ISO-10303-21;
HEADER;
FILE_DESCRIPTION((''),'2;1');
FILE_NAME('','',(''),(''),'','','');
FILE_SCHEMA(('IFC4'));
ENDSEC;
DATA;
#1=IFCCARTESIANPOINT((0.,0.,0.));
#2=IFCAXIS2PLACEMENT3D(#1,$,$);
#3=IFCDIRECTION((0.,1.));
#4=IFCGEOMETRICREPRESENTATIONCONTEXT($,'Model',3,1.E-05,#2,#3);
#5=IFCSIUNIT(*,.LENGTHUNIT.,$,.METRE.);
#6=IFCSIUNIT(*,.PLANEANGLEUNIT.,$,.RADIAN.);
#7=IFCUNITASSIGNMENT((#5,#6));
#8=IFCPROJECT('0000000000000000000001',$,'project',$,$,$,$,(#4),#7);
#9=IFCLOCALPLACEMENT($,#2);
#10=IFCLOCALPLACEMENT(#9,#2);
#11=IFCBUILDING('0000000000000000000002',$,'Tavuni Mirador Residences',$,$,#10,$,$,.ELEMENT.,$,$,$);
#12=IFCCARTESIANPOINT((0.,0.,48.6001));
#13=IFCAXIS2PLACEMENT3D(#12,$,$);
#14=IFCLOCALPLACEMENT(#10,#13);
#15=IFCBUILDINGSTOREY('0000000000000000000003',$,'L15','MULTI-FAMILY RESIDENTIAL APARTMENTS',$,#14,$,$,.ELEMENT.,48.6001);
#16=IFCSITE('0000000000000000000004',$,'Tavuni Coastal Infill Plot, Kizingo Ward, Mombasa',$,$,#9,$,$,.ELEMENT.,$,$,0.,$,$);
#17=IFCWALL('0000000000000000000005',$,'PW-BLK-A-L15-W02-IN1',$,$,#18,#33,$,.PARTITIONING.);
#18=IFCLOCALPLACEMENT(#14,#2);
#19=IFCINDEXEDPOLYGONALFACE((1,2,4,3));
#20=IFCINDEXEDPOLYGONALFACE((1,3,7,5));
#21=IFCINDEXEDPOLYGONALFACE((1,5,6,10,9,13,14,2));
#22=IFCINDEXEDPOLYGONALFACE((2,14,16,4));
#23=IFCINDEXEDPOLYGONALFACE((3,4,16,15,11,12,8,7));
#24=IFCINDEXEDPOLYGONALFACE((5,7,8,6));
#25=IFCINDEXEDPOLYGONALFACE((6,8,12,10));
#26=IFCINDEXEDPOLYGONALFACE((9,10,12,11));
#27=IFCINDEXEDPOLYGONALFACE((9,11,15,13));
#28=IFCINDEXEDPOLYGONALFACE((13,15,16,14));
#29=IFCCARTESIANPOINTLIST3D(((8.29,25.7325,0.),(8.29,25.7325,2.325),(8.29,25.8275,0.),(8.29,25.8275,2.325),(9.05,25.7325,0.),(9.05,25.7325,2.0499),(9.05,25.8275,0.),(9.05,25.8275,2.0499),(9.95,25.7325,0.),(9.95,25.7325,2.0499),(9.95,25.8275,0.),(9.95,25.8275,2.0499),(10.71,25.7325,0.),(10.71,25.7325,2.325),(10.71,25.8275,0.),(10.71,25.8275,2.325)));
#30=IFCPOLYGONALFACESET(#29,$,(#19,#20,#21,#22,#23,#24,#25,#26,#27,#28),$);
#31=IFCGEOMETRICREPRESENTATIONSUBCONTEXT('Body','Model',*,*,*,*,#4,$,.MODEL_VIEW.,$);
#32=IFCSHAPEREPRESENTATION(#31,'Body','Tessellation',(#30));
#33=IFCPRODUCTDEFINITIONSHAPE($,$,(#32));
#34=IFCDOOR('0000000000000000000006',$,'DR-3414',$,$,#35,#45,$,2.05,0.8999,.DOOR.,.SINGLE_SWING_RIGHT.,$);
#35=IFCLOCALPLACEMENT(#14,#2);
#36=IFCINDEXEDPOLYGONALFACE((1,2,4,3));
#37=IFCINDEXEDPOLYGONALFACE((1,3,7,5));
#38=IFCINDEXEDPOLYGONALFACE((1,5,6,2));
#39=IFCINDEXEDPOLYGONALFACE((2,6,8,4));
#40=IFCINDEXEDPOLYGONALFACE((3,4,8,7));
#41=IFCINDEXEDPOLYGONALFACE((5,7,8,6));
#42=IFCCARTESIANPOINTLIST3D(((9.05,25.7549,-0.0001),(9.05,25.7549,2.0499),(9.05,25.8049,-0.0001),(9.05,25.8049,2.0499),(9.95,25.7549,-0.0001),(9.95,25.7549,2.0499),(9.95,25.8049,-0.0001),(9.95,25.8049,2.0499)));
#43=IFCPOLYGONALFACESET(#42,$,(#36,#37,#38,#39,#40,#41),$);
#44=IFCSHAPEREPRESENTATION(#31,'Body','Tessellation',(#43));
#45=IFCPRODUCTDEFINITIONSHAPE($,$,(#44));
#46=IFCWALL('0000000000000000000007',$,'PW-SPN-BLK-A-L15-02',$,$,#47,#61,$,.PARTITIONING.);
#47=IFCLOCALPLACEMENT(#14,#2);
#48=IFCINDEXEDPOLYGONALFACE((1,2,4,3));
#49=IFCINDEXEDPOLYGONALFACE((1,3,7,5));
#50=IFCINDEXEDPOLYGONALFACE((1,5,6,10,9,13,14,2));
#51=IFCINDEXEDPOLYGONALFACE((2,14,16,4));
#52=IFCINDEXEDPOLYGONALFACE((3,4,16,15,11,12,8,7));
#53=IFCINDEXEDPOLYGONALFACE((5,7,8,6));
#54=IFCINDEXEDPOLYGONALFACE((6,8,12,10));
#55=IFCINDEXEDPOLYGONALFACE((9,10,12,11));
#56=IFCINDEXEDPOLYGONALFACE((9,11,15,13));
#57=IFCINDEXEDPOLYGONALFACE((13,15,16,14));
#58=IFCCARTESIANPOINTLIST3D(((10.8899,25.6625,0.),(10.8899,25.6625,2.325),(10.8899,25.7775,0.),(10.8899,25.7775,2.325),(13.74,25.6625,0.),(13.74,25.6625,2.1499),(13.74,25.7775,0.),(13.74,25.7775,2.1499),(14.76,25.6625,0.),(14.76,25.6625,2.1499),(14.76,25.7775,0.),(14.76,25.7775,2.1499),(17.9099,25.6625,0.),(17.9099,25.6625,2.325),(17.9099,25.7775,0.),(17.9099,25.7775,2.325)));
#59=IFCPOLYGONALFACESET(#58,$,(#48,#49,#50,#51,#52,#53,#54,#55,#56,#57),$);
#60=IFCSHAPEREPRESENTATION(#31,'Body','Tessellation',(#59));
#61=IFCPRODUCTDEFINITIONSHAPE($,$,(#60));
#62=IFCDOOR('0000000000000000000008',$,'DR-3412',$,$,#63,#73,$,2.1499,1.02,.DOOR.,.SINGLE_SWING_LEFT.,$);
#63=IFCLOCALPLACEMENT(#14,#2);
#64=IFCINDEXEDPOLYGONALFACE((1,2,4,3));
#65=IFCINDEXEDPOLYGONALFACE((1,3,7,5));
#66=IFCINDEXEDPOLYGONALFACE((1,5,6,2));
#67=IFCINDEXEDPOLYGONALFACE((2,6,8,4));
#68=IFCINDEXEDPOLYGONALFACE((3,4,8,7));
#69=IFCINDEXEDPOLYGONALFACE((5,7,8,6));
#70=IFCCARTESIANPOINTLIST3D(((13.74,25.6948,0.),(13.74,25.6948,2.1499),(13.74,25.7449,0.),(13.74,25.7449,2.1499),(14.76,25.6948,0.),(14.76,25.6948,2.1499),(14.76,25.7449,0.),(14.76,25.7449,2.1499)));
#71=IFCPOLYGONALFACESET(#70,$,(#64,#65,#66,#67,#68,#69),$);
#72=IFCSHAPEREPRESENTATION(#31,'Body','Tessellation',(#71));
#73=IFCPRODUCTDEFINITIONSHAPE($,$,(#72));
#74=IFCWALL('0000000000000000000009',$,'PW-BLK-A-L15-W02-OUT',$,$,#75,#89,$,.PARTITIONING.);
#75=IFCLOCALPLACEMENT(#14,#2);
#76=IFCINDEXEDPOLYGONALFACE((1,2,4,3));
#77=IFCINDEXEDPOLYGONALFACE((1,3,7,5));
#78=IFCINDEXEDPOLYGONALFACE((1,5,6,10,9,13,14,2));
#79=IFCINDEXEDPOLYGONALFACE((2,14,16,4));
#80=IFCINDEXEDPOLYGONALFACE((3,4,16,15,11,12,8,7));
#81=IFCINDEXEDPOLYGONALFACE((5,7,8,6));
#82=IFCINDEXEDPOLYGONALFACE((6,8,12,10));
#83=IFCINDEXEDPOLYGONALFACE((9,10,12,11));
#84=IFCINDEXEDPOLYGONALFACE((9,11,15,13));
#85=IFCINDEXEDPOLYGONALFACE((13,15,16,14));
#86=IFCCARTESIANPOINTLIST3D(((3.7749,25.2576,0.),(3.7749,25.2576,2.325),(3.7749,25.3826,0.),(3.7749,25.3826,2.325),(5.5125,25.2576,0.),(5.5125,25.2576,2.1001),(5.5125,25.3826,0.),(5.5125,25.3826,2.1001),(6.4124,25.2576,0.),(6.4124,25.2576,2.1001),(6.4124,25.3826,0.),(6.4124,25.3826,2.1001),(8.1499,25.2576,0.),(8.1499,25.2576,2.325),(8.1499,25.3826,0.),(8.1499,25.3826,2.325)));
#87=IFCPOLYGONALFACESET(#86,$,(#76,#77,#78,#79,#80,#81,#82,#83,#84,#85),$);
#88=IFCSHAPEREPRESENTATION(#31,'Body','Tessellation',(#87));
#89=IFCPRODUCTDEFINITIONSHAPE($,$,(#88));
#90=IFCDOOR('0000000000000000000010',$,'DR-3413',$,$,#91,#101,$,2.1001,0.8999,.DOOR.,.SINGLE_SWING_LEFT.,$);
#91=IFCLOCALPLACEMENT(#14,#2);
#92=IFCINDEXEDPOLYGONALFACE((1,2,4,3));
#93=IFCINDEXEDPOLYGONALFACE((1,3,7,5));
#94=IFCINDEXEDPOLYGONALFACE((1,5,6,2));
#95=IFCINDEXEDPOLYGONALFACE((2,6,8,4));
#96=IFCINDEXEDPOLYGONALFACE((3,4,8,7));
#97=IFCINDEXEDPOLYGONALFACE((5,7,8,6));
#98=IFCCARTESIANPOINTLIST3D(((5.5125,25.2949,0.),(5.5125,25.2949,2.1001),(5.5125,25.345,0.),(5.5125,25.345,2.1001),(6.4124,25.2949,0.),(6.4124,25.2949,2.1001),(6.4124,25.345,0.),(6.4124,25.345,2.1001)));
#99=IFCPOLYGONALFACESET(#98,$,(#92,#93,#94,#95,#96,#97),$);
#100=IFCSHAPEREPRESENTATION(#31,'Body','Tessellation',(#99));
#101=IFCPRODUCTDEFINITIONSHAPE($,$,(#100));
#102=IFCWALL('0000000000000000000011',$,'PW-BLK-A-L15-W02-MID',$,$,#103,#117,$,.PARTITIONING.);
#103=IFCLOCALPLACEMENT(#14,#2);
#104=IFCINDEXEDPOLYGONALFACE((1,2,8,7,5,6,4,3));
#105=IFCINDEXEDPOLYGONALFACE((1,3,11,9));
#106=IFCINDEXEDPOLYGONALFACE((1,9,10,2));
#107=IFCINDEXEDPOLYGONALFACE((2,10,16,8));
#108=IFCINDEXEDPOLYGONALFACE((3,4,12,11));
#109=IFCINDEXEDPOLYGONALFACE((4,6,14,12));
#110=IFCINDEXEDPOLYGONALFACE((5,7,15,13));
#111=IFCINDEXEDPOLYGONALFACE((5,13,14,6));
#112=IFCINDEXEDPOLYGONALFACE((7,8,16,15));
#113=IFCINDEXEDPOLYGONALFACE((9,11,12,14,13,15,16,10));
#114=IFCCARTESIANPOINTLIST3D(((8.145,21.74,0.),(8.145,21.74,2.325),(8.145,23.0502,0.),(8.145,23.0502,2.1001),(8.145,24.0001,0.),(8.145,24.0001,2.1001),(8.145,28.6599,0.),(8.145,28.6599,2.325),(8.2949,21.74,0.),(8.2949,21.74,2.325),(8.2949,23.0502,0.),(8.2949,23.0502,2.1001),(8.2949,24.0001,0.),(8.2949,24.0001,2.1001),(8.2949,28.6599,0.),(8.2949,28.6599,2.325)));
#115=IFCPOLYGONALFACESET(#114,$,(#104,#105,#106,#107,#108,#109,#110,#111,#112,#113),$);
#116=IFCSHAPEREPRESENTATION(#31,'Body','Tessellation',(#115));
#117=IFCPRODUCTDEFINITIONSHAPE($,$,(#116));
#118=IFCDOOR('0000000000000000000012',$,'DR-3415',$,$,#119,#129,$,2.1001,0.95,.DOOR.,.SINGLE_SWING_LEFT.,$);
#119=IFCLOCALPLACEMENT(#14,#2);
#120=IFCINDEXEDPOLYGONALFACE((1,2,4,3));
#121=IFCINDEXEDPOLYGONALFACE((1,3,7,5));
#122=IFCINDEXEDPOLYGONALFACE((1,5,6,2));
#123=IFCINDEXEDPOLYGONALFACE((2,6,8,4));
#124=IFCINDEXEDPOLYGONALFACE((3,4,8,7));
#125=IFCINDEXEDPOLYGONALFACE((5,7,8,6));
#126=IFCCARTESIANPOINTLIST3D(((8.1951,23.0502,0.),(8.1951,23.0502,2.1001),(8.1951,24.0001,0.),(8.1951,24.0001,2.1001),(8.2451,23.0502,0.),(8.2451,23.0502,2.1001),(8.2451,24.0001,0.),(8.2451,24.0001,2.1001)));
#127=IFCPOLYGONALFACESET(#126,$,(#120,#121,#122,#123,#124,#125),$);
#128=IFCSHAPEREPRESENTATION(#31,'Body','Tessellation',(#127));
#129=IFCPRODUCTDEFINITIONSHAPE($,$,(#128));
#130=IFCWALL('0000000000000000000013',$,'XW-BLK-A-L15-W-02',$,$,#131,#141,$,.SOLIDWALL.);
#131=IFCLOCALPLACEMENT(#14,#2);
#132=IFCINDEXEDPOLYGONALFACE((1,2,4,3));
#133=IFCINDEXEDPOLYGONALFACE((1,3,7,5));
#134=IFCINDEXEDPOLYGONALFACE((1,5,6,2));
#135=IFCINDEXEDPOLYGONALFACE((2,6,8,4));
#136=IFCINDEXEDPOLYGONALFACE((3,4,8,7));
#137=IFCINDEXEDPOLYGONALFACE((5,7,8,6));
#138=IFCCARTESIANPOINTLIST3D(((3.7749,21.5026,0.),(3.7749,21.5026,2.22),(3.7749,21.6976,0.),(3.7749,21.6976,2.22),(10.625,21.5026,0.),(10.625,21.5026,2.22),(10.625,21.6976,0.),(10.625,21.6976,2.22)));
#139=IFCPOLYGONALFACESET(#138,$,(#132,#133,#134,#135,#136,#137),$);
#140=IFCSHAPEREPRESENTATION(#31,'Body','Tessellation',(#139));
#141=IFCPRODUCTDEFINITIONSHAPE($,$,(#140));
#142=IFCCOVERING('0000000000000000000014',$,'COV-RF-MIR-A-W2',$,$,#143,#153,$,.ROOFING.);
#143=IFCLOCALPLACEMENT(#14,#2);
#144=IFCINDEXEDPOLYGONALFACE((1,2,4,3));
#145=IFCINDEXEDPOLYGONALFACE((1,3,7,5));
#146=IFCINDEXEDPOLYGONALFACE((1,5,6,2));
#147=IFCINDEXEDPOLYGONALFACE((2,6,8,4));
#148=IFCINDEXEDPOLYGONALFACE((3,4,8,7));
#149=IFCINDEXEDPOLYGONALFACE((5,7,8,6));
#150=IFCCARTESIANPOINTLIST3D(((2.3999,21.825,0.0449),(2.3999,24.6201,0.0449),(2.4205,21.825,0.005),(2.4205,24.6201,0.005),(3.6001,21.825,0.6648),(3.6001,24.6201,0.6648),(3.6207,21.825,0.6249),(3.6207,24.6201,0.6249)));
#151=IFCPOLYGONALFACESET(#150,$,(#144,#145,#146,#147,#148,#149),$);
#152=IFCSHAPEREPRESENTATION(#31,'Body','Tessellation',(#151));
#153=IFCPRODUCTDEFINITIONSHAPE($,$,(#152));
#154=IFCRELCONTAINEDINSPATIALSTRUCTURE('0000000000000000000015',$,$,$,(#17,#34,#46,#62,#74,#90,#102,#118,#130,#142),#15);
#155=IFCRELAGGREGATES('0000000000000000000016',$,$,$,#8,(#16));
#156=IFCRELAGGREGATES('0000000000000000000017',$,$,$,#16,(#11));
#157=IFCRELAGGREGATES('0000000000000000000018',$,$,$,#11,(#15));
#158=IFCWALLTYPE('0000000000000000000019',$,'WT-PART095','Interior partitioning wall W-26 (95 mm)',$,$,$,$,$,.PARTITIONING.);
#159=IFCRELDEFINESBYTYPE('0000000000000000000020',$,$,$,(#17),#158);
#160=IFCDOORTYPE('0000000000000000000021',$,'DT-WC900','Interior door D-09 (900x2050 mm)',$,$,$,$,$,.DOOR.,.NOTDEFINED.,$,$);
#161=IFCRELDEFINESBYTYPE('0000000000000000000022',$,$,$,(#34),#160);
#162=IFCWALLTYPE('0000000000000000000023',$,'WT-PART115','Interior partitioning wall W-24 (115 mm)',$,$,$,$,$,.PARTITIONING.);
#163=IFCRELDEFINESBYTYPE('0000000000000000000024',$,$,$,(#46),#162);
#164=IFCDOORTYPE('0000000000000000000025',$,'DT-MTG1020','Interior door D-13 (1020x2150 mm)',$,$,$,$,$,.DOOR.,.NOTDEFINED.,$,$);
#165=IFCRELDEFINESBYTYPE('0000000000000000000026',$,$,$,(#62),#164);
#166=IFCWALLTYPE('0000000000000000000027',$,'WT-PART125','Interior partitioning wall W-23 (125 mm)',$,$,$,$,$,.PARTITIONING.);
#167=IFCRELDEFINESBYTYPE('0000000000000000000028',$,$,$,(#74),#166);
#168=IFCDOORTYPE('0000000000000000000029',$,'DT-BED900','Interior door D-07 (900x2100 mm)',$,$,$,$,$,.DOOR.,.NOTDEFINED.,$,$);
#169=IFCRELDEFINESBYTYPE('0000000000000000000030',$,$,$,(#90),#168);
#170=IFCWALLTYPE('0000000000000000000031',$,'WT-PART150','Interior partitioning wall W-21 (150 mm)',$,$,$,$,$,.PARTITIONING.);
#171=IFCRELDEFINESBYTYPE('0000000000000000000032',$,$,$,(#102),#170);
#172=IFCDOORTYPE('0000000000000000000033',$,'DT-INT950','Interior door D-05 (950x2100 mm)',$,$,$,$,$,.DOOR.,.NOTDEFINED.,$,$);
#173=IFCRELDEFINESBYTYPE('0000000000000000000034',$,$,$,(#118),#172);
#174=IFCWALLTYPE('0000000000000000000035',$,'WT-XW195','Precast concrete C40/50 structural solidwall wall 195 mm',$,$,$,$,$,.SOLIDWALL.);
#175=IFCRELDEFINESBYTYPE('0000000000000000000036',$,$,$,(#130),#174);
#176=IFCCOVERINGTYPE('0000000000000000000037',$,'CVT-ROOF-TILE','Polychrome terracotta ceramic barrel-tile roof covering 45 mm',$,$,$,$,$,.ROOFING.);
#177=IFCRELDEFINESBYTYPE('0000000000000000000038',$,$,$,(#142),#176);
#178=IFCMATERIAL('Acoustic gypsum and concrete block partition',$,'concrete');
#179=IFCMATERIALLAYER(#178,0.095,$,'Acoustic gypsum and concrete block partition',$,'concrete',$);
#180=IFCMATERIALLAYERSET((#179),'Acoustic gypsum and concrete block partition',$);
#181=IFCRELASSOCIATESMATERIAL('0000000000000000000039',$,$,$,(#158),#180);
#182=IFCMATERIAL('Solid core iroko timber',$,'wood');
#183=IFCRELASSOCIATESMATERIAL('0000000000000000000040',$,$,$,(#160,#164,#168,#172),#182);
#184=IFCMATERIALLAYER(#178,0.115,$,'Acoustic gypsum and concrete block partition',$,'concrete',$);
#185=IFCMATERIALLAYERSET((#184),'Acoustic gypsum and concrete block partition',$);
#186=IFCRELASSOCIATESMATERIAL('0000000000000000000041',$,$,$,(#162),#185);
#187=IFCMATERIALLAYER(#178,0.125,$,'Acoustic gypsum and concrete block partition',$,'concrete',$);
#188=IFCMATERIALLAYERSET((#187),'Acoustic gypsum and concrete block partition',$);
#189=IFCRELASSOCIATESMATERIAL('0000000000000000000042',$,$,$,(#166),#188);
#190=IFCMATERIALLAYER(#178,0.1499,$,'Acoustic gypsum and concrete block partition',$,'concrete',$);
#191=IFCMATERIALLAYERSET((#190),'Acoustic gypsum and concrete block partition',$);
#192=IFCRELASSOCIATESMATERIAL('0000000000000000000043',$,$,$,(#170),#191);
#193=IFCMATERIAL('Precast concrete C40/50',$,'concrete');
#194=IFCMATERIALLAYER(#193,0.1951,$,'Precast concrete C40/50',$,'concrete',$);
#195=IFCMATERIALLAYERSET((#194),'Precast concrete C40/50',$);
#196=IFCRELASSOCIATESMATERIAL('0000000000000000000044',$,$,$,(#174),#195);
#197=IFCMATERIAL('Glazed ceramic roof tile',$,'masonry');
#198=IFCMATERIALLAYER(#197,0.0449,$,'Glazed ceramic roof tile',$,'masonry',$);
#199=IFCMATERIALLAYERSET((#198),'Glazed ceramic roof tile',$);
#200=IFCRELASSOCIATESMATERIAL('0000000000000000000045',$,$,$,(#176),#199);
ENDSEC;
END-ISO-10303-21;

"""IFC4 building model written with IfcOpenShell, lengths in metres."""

from ifc_helpers import new_model, si_unit, direction, frame, frame_2d, origin, place, context, subcontext, project, spatial, polyline, rectangle, outline, extrude, material, layer, layer_set, type_object, element, fill, save


model = new_model("IFC4")

# Units and contexts
model_context = context("Model", 3, precision=1e-05, world=origin(), true_north=direction((0.0, 1.0)))
body_context = subcontext(model_context, "Body", "Model", "MODEL_VIEW")
ifc_project = project(units=[si_unit("LENGTHUNIT", "METRE"), si_unit("PLANEANGLEUNIT", "RADIAN")], contexts=[model_context])

# Site, building, storey
site_placement = place(None, origin())
site = spatial("IfcSite", under=ifc_project, at=site_placement, Name="Tavuni Coastal Infill Plot, Kizingo Ward, Mombasa", CompositionType="ELEMENT", RefElevation=0.0)
building_placement = place(site_placement, origin())
building = spatial("IfcBuilding", under=site, at=building_placement, Name="Tavuni Mirador Residences", CompositionType="ELEMENT")
storey_placement = place(building_placement, frame((0.0, 0.0, 48.6001)))
storey = spatial("IfcBuildingStorey", under=building, at=storey_placement, Name="L15", Description="MULTI-FAMILY RESIDENTIAL APARTMENTS", CompositionType="ELEMENT", Elevation=48.6001)

# Shared definitions
ifc_material_1 = material(Name="Precast concrete C40/50", Category="concrete")

# Shared definitions
ifc_material_2 = material(Name="Solid core iroko timber", Category="wood")

# Walls, openings, doors
ifc_material_3 = material(Name="Acoustic gypsum and concrete block partition", Category="concrete")
ifc_layer_1 = layer(ifc_material_3, 0.095, Name="Acoustic gypsum and concrete block partition", Category="concrete")
ifc_layer_set_1 = layer_set([ifc_layer_1], Name="Acoustic gypsum and concrete block partition")
wall_type_1 = type_object("IfcWallType", Name="WT-PART095", Description="Interior partitioning wall W-26 (95 mm)", PredefinedType="PARTITIONING", material=ifc_layer_set_1)
wall_1_placement = place(storey_placement, frame((8.29, 25.78, 0.0), z_axis=(0.0, 0.0, 1.0), x_axis=(1.0, 0.0, 0.0)))
wall_1 = element("IfcWall", 1, at=wall_1_placement, inside=storey, type_object=wall_type_1, Name="PW-BLK-A-L15-W02-IN1", PredefinedType="PARTITIONING", context=body_context, shape_type="SweptSolid", body=[
    extrude(rectangle(XDim=2.4199, YDim=0.095, at=frame_2d((1.21, 0.0))), origin(), (0.0, 0.0, 1.0), 2.325),
])
opening_1_placement = place(wall_1_placement, frame((0.76, 0.0, 0.0)))
opening_1 = element("IfcOpeningElement", 2, at=opening_1_placement, cuts=wall_1, PredefinedType="OPENING", context=body_context, shape_type="SweptSolid", body=[
    extrude(rectangle(XDim=0.8999, YDim=2.05, at=frame_2d((0.45, 1.0249))), frame((0.0, 0.0576, 0.0), z_axis=(0.0, -1.0, 0.0), x_axis=(1.0, 0.0, 0.0)), (0.0, 0.0, 1.0), 0.115),
])
door_type_1 = type_object("IfcDoorType", Name="DT-WC900", Description="Interior door D-09 (900x2050 mm)", OperationType="NOTDEFINED", PredefinedType="DOOR", material=ifc_material_2)
door_1_placement = place(opening_1_placement, origin())
door_1 = element("IfcDoor", 3, at=door_1_placement, inside=storey, type_object=door_type_1, Name="DR-3414", OperationType="SINGLE_SWING_RIGHT", OverallHeight=2.05, OverallWidth=0.8999, PredefinedType="DOOR", context=body_context, shape_type="SweptSolid", body=[
    extrude(rectangle(XDim=0.8999, YDim=2.05, at=frame_2d((0.45, 1.0249))), frame((0.0, 0.0249, 0.0), z_axis=(0.0, -1.0, 0.0), x_axis=(1.0, 0.0, 0.0)), (0.0, 0.0, 1.0), 0.05),
])
fill(opening_1, door_1)
ifc_layer_2 = layer(ifc_material_3, 0.115, Name="Acoustic gypsum and concrete block partition", Category="concrete")
ifc_layer_set_2 = layer_set([ifc_layer_2], Name="Acoustic gypsum and concrete block partition")
wall_type_2 = type_object("IfcWallType", Name="WT-PART115", Description="Interior partitioning wall W-24 (115 mm)", PredefinedType="PARTITIONING", material=ifc_layer_set_2)
wall_2_placement = place(storey_placement, frame((10.8899, 25.72, 0.0), z_axis=(0.0, 0.0, 1.0), x_axis=(1.0, 0.0, 0.0)))
wall_2 = element("IfcWall", 4, at=wall_2_placement, inside=storey, type_object=wall_type_2, Name="PW-SPN-BLK-A-L15-02", PredefinedType="PARTITIONING", context=body_context, shape_type="SweptSolid", body=[
    extrude(rectangle(XDim=7.02, YDim=0.115, at=frame_2d((3.51, 0.0))), origin(), (0.0, 0.0, 1.0), 2.325),
])
opening_2_placement = place(wall_2_placement, frame((2.8501, 0.0, 0.0)))
opening_2 = element("IfcOpeningElement", 5, at=opening_2_placement, cuts=wall_2, PredefinedType="OPENING", context=body_context, shape_type="SweptSolid", body=[
    extrude(rectangle(XDim=1.02, YDim=2.1499, at=frame_2d((0.51, 1.075))), frame((0.0, 0.0674, 0.0), z_axis=(0.0, -1.0, 0.0), x_axis=(1.0, 0.0, 0.0)), (0.0, 0.0, 1.0), 0.135),
])
door_type_2 = type_object("IfcDoorType", Name="DT-MTG1020", Description="Interior door D-13 (1020x2150 mm)", OperationType="NOTDEFINED", PredefinedType="DOOR", material=ifc_material_2)
door_2_placement = place(opening_2_placement, origin())
door_2 = element("IfcDoor", 6, at=door_2_placement, inside=storey, type_object=door_type_2, Name="DR-3412", OperationType="SINGLE_SWING_LEFT", OverallHeight=2.1499, OverallWidth=1.02, PredefinedType="DOOR", context=body_context, shape_type="SweptSolid", body=[
    extrude(rectangle(XDim=1.02, YDim=2.1499, at=frame_2d((0.51, 1.075))), frame((0.0, 0.0249, 0.0), z_axis=(0.0, -1.0, 0.0), x_axis=(1.0, 0.0, 0.0)), (0.0, 0.0, 1.0), 0.05),
])
fill(opening_2, door_2)
ifc_layer_3 = layer(ifc_material_3, 0.125, Name="Acoustic gypsum and concrete block partition", Category="concrete")
ifc_layer_set_3 = layer_set([ifc_layer_3], Name="Acoustic gypsum and concrete block partition")
wall_type_3 = type_object("IfcWallType", Name="WT-PART125", Description="Interior partitioning wall W-23 (125 mm)", PredefinedType="PARTITIONING", material=ifc_layer_set_3)
wall_3_placement = place(storey_placement, frame((3.7749, 25.3201, 0.0), z_axis=(0.0, 0.0, 1.0), x_axis=(1.0, 0.0, 0.0)))
wall_3 = element("IfcWall", 7, at=wall_3_placement, inside=storey, type_object=wall_type_3, Name="PW-BLK-A-L15-W02-OUT", PredefinedType="PARTITIONING", context=body_context, shape_type="SweptSolid", body=[
    extrude(rectangle(XDim=4.375, YDim=0.125, at=frame_2d((2.1875, 0.0))), origin(), (0.0, 0.0, 1.0), 2.325),
])
opening_3_placement = place(wall_3_placement, frame((1.7375, 0.0, 0.0)))
opening_3 = element("IfcOpeningElement", 8, at=opening_3_placement, cuts=wall_3, PredefinedType="OPENING", context=body_context, shape_type="SweptSolid", body=[
    extrude(rectangle(XDim=0.8999, YDim=2.1001, at=frame_2d((0.45, 1.05))), frame((0.0, 0.0725, 0.0), z_axis=(0.0, -1.0, 0.0), x_axis=(1.0, 0.0, 0.0)), (0.0, 0.0, 1.0), 0.145),
])
door_type_3 = type_object("IfcDoorType", Name="DT-BED900", Description="Interior door D-07 (900x2100 mm)", OperationType="NOTDEFINED", PredefinedType="DOOR", material=ifc_material_2)
door_3_placement = place(opening_3_placement, origin())
door_3 = element("IfcDoor", 9, at=door_3_placement, inside=storey, type_object=door_type_3, Name="DR-3413", OperationType="SINGLE_SWING_LEFT", OverallHeight=2.1001, OverallWidth=0.8999, PredefinedType="DOOR", context=body_context, shape_type="SweptSolid", body=[
    extrude(rectangle(XDim=0.8999, YDim=2.1001, at=frame_2d((0.45, 1.05))), frame((0.0, 0.0249, 0.0), z_axis=(0.0, -1.0, 0.0), x_axis=(1.0, 0.0, 0.0)), (0.0, 0.0, 1.0), 0.05),
])
fill(opening_3, door_3)
ifc_layer_4 = layer(ifc_material_3, 0.1499, Name="Acoustic gypsum and concrete block partition", Category="concrete")
ifc_layer_set_4 = layer_set([ifc_layer_4], Name="Acoustic gypsum and concrete block partition")
wall_type_4 = type_object("IfcWallType", Name="WT-PART150", Description="Interior partitioning wall W-21 (150 mm)", PredefinedType="PARTITIONING", material=ifc_layer_set_4)
wall_4_placement = place(storey_placement, frame((8.22, 21.74, 0.0), z_axis=(0.0, 0.0, 1.0), x_axis=(0.0, 1.0, 0.0)))
wall_4 = element("IfcWall", 10, at=wall_4_placement, inside=storey, type_object=wall_type_4, Name="PW-BLK-A-L15-W02-MID", PredefinedType="PARTITIONING", context=body_context, shape_type="SweptSolid", body=[
    extrude(rectangle(XDim=6.9199, YDim=0.1499, at=frame_2d((3.46, 0.0))), origin(), (0.0, 0.0, 1.0), 2.325),
])
opening_4_placement = place(wall_4_placement, frame((1.3101, 0.0, 0.0)))
opening_4 = element("IfcOpeningElement", 11, at=opening_4_placement, cuts=wall_4, PredefinedType="OPENING", context=body_context, shape_type="SweptSolid", body=[
    extrude(rectangle(XDim=0.95, YDim=2.1001, at=frame_2d((0.4751, 1.05))), frame((0.0, 0.085, 0.0), z_axis=(0.0, -1.0, 0.0), x_axis=(1.0, 0.0, 0.0)), (0.0, 0.0, 1.0), 0.1699),
])
door_type_4 = type_object("IfcDoorType", Name="DT-INT950", Description="Interior door D-05 (950x2100 mm)", OperationType="NOTDEFINED", PredefinedType="DOOR", material=ifc_material_2)
door_4_placement = place(opening_4_placement, origin())
door_4 = element("IfcDoor", 12, at=door_4_placement, inside=storey, type_object=door_type_4, Name="DR-3415", OperationType="SINGLE_SWING_LEFT", OverallHeight=2.1001, OverallWidth=0.95, PredefinedType="DOOR", context=body_context, shape_type="SweptSolid", body=[
    extrude(rectangle(XDim=0.95, YDim=2.1001, at=frame_2d((0.4751, 1.05))), frame((0.0, 0.0249, 0.0), z_axis=(0.0, -1.0, 0.0), x_axis=(1.0, 0.0, 0.0)), (0.0, 0.0, 1.0), 0.05),
])
fill(opening_4, door_4)

# Wall
ifc_layer_5 = layer(ifc_material_1, 0.1951, Name="Precast concrete C40/50", Category="concrete")
ifc_layer_set_5 = layer_set([ifc_layer_5], Name="Precast concrete C40/50")
wall_type_5 = type_object("IfcWallType", Name="WT-XW195", Description="Precast concrete C40/50 structural solidwall wall 195 mm", PredefinedType="SOLIDWALL", material=ifc_layer_set_5)
wall_5_placement = place(storey_placement, frame((3.7749, 21.6001, 0.0), z_axis=(0.0, 0.0, 1.0), x_axis=(1.0, 0.0, 0.0)))
element("IfcWall", 13, at=wall_5_placement, inside=storey, type_object=wall_type_5, Name="XW-BLK-A-L15-W-02", PredefinedType="SOLIDWALL", context=body_context, shape_type="SweptSolid", body=[
    extrude(rectangle(XDim=6.8501, YDim=0.1951, at=frame_2d((3.425, 0.0))), origin(), (0.0, 0.0, 1.0), 2.22),
])

# Covering
ifc_material_4 = material(Name="Glazed ceramic roof tile", Category="masonry")
ifc_layer_6 = layer(ifc_material_4, 0.0449, Name="Glazed ceramic roof tile", Category="masonry")
ifc_layer_set_6 = layer_set([ifc_layer_6], Name="Glazed ceramic roof tile")
covering_type = type_object("IfcCoveringType", Name="CVT-ROOF-TILE", Description="Polychrome terracotta ceramic barrel-tile roof covering 45 mm", PredefinedType="ROOFING", material=ifc_layer_set_6)
covering_placement = place(storey_placement, frame((3.6001, 21.825, 0.6648), z_axis=(-0.458887, 0.0, 0.888495), x_axis=(0.0, 1.0, 0.0)))
element("IfcCovering", 14, at=covering_placement, inside=storey, type_object=covering_type, Name="COV-RF-MIR-A-W2", PredefinedType="ROOFING", context=body_context, shape_type="SweptSolid", body=[
    extrude(outline(polyline([(0.0, 0.0), (2.7952, 0.0), (2.7952, 1.3508), (0.0, 1.3508), (0.0, 0.0)])), origin(), (0.0, 0.0, -1.0), 0.0449),
])

save(model, "model.ifc")
